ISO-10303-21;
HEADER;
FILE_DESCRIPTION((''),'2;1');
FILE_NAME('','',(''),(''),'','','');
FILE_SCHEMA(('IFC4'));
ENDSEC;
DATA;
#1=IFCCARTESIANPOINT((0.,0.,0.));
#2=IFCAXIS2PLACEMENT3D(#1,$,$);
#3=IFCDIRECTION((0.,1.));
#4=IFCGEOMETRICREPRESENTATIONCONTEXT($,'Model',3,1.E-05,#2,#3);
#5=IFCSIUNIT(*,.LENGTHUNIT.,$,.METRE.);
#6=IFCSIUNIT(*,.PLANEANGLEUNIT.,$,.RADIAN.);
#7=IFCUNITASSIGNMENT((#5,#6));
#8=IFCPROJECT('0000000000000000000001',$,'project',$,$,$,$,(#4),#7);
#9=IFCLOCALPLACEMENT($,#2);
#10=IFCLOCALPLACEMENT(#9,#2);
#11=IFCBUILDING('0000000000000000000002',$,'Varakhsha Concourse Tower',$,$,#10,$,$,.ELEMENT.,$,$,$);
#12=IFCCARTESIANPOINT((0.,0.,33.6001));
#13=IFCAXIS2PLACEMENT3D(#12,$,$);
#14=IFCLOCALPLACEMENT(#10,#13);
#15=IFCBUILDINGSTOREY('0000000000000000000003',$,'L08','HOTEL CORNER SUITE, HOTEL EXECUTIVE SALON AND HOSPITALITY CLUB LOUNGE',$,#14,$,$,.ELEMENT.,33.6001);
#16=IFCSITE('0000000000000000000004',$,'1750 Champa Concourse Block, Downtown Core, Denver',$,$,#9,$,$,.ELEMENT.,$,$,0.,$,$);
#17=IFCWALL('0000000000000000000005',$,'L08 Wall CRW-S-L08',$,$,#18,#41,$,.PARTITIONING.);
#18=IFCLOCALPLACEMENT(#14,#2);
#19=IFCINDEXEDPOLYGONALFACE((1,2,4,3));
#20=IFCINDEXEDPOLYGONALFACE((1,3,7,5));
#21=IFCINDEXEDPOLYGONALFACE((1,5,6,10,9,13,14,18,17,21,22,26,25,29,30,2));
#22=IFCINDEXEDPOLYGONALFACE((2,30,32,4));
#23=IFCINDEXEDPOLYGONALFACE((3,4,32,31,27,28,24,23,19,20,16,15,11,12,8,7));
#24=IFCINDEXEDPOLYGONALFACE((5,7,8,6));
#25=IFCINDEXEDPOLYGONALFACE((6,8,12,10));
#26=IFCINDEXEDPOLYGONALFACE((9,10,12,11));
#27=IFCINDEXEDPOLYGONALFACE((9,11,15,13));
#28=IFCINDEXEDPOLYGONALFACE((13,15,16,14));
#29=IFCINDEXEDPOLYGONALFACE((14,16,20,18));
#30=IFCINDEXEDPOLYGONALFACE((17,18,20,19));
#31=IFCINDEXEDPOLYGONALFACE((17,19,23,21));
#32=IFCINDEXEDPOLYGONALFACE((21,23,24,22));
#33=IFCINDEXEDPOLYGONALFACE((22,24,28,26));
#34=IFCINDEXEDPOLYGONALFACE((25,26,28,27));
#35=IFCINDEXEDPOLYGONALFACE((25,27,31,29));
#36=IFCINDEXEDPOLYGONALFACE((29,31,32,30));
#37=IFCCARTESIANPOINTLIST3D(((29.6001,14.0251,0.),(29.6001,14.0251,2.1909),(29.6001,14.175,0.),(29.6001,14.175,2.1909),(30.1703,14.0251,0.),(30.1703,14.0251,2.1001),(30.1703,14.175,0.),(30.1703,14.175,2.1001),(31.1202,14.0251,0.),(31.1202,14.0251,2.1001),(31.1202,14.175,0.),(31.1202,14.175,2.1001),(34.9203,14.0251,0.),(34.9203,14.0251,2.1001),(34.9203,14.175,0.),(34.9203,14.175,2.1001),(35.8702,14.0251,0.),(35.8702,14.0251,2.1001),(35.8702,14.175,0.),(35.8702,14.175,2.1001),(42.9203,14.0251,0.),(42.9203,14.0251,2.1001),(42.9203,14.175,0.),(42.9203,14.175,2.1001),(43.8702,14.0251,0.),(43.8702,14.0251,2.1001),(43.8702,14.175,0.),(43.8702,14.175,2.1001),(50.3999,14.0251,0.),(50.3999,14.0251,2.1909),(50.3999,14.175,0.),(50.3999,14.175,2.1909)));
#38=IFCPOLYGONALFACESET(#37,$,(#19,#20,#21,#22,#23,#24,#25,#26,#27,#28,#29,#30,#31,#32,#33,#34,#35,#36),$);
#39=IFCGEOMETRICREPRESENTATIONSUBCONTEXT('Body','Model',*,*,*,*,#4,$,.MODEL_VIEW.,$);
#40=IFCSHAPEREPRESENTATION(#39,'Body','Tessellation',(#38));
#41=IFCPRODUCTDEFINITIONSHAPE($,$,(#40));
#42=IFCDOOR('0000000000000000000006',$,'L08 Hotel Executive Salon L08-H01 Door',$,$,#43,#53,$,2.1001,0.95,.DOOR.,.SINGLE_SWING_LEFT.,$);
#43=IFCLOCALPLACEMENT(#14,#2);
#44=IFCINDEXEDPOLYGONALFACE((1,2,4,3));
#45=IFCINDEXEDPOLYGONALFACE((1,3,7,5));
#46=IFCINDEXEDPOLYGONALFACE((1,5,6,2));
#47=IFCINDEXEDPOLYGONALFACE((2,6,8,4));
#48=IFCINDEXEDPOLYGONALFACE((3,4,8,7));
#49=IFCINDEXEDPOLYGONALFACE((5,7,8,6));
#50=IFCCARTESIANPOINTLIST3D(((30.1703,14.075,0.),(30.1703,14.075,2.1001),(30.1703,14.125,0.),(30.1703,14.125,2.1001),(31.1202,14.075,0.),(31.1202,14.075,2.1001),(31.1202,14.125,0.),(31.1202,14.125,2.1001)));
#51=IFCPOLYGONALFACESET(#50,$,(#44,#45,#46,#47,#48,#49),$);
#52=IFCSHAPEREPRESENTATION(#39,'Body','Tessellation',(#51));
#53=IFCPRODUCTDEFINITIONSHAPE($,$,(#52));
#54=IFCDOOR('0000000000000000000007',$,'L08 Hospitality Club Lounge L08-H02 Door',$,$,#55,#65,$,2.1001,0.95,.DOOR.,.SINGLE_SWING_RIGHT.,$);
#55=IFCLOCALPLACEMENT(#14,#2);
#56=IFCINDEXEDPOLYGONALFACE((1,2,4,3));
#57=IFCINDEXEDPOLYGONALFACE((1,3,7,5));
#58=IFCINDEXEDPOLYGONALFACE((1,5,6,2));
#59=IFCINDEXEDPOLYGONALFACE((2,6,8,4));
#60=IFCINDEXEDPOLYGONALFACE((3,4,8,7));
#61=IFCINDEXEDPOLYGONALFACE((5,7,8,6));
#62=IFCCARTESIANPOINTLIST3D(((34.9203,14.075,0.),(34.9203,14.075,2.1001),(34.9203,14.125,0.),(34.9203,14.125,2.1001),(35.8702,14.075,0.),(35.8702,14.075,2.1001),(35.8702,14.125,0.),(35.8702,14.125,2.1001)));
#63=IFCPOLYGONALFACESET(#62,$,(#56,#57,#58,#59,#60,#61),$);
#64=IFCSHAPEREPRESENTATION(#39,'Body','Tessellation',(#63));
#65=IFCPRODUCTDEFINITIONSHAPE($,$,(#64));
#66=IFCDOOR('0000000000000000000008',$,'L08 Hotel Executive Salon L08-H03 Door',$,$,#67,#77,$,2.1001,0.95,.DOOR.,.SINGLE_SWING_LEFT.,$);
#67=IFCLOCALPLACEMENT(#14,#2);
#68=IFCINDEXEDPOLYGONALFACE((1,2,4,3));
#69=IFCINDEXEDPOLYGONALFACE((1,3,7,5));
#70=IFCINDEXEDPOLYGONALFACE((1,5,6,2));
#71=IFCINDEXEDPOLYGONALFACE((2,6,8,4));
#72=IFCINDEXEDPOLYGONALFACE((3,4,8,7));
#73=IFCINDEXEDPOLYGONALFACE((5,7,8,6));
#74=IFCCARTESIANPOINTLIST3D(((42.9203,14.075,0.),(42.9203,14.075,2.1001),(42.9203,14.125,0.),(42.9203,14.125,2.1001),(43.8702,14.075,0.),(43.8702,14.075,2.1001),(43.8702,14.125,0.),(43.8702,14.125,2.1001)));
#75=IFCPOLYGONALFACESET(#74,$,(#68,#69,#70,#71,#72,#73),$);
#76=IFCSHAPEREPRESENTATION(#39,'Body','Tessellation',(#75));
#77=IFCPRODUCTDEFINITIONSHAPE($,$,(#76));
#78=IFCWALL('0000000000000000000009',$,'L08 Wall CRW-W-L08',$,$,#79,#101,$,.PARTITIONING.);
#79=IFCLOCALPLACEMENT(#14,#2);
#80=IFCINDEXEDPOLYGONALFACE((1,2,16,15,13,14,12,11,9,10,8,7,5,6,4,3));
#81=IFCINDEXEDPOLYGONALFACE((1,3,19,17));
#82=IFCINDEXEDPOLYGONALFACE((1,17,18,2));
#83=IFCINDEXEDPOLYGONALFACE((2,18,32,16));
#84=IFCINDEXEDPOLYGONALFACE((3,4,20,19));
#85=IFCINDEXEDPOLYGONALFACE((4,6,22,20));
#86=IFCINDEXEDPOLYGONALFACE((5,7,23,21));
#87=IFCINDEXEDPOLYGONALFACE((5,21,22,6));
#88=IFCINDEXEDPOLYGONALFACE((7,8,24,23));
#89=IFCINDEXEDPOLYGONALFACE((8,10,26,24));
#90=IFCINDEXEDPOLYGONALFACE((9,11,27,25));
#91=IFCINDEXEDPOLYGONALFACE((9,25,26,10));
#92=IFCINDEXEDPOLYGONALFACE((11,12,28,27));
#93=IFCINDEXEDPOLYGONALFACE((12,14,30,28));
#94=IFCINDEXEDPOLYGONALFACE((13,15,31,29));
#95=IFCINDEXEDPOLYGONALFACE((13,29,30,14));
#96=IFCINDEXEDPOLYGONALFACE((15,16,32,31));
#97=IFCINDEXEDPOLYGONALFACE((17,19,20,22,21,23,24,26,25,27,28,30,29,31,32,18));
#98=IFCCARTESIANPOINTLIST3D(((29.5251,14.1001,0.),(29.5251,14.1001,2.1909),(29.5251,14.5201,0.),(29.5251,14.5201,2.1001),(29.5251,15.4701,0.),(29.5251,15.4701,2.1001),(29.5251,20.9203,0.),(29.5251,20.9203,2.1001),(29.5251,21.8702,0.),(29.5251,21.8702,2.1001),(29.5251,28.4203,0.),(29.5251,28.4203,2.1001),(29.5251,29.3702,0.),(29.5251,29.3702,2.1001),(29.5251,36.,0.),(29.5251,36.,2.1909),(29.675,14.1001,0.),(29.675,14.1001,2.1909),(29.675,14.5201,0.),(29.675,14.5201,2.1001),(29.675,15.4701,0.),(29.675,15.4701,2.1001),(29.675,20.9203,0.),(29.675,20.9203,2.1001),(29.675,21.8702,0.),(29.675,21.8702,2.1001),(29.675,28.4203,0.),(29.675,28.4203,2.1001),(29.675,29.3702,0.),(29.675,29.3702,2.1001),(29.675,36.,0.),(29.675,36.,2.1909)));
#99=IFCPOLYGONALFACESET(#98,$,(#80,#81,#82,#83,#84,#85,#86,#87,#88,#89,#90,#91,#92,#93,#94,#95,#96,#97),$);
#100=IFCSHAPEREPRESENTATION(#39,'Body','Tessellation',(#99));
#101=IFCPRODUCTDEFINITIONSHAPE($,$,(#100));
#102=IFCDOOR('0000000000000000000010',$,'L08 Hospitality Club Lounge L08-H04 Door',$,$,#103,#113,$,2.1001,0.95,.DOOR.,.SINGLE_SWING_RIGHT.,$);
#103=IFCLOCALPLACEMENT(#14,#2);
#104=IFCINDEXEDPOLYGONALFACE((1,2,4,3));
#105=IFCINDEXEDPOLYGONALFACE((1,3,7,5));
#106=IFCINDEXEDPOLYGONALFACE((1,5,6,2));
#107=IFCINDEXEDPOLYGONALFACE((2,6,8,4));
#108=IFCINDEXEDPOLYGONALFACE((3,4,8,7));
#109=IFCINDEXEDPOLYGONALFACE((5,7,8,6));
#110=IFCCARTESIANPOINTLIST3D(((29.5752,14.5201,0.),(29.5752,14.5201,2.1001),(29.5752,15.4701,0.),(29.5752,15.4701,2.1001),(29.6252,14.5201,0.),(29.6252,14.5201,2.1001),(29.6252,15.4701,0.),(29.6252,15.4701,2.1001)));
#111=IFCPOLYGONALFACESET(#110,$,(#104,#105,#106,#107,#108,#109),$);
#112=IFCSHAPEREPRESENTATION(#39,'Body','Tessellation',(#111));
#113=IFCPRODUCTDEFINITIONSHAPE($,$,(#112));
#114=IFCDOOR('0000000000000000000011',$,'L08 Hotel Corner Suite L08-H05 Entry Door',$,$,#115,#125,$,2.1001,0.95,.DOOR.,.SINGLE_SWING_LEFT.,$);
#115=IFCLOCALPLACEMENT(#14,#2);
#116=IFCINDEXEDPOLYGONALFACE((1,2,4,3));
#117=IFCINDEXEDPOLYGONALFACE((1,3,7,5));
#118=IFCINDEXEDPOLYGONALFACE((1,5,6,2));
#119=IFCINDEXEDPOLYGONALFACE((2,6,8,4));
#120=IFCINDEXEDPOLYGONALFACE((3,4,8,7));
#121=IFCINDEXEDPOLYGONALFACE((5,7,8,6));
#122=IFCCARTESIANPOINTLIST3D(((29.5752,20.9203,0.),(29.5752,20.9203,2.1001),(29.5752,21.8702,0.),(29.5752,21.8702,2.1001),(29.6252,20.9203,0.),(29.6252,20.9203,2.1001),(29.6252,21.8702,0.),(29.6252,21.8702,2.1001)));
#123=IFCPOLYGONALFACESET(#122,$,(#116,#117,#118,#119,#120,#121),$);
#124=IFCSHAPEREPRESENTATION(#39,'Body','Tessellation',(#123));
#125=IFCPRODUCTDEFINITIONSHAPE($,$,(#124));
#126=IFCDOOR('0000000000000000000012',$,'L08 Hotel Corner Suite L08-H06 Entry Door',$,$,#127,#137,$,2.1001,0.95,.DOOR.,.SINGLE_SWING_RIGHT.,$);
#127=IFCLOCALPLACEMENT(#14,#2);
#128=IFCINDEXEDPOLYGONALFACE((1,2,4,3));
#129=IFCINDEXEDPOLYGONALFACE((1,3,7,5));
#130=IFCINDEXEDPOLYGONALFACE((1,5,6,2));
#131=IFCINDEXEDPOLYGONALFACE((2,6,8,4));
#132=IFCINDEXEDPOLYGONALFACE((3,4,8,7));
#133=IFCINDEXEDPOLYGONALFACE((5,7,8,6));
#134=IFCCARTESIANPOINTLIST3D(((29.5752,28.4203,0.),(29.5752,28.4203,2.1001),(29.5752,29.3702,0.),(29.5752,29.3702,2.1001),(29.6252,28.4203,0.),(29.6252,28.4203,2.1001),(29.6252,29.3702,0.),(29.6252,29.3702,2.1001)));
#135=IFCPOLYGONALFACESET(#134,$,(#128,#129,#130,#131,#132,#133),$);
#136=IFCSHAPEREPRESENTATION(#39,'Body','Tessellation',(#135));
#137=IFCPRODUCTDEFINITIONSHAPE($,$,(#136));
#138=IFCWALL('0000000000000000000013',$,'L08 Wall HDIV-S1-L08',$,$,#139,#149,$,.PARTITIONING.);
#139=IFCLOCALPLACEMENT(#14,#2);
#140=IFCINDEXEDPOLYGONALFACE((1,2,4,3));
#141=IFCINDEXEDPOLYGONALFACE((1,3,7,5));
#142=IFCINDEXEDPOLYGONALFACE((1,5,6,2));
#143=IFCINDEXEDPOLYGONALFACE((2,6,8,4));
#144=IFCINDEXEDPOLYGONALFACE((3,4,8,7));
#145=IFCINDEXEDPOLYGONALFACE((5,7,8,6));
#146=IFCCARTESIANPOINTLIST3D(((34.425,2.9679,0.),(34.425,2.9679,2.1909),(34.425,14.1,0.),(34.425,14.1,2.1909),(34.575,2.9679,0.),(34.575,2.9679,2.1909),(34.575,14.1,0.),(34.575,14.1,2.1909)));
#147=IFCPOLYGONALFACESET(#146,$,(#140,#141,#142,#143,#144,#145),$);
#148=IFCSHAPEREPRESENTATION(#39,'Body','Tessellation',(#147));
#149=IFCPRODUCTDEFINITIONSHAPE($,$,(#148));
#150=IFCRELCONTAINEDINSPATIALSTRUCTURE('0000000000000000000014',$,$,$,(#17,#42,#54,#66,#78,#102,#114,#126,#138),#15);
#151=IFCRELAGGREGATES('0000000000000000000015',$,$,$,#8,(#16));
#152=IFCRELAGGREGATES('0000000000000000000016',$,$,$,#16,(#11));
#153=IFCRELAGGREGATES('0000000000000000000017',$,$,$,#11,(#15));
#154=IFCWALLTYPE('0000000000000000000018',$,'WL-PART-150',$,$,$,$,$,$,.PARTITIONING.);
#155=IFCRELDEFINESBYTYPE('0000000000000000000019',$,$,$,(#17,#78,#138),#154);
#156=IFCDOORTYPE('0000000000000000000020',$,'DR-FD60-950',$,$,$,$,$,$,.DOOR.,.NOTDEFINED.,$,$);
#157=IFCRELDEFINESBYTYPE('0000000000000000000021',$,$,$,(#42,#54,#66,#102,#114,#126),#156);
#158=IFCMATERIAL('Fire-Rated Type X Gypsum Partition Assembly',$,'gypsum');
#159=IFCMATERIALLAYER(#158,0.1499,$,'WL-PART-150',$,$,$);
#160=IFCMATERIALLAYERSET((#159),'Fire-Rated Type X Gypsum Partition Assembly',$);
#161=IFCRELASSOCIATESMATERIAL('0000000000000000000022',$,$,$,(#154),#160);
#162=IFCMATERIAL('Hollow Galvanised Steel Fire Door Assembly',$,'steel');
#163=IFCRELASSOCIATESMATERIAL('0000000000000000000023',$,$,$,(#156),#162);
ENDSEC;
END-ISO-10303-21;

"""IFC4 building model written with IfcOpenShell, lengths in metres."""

from ifc_helpers import new_model, si_unit, direction, frame, frame_2d, origin, place, context, subcontext, project, spatial, rectangle, extrude, material, layer, layer_set, type_object, element, fill, save


model = new_model("IFC4")

# Units and contexts
model_context = context("Model", 3, precision=1e-05, world=origin(), true_north=direction((0.0, 1.0)))
body_context = subcontext(model_context, "Body", "Model", "MODEL_VIEW")
ifc_project = project(units=[si_unit("LENGTHUNIT", "METRE"), si_unit("PLANEANGLEUNIT", "RADIAN")], contexts=[model_context])

# Site, building, storey
site_placement = place(None, origin())
site = spatial("IfcSite", under=ifc_project, at=site_placement, Name="1750 Champa Concourse Block, Downtown Core, Denver", CompositionType="ELEMENT", RefElevation=0.0)
building_placement = place(site_placement, origin())
building = spatial("IfcBuilding", under=site, at=building_placement, Name="Varakhsha Concourse Tower", CompositionType="ELEMENT")
storey_placement = place(building_placement, frame((0.0, 0.0, 33.6001)))
storey = spatial("IfcBuildingStorey", under=building, at=storey_placement, Name="L08", Description="HOTEL CORNER SUITE, HOTEL EXECUTIVE SALON AND HOSPITALITY CLUB LOUNGE", CompositionType="ELEMENT", Elevation=33.6001)

# Walls, openings, doors
ifc_material_1 = material(Name="Fire-Rated Type X Gypsum Partition Assembly", Category="gypsum")
ifc_layer_1 = layer(ifc_material_1, 0.1499, Name="WL-PART-150")
ifc_layer_set_1 = layer_set([ifc_layer_1], Name="Fire-Rated Type X Gypsum Partition Assembly")
wall_type = type_object("IfcWallType", Name="WL-PART-150", PredefinedType="PARTITIONING", material=ifc_layer_set_1)
wall_1_placement = place(storey_placement, frame((29.6001, 14.1001, 0.0), z_axis=(0.0, 0.0, 1.0), x_axis=(1.0, 0.0, 0.0)))
wall_1 = element("IfcWall", 1, at=wall_1_placement, inside=storey, type_object=wall_type, Name="L08 Wall CRW-S-L08", PredefinedType="PARTITIONING", context=body_context, shape_type="SweptSolid", body=[
    extrude(rectangle(XDim=20.7998, YDim=0.1499, at=frame_2d((10.3999, 0.0))), origin(), (0.0, 0.0, 1.0), 2.1909),
])
opening_1_placement = place(wall_1_placement, frame((0.5701, 0.0, 0.0)))
opening_1 = element("IfcOpeningElement", 2, at=opening_1_placement, cuts=wall_1, PredefinedType="OPENING", context=body_context, shape_type="SweptSolid", body=[
    extrude(rectangle(XDim=0.95, YDim=2.1001, at=frame_2d((0.4751, 1.05))), frame((0.0, 0.085, 0.0), z_axis=(0.0, -1.0, 0.0), x_axis=(1.0, 0.0, 0.0)), (0.0, 0.0, 1.0), 0.1699),
])
opening_2_placement = place(wall_1_placement, frame((5.3201, 0.0, 0.0)))
opening_2 = element("IfcOpeningElement", 3, at=opening_2_placement, cuts=wall_1, PredefinedType="OPENING", context=body_context, shape_type="SweptSolid", body=[
    extrude(rectangle(XDim=0.95, YDim=2.1001, at=frame_2d((0.4751, 1.05))), frame((0.0, 0.085, 0.0), z_axis=(0.0, -1.0, 0.0), x_axis=(1.0, 0.0, 0.0)), (0.0, 0.0, 1.0), 0.1699),
])
opening_3_placement = place(wall_1_placement, frame((13.3201, 0.0, 0.0)))
opening_3 = element("IfcOpeningElement", 4, at=opening_3_placement, cuts=wall_1, PredefinedType="OPENING", context=body_context, shape_type="SweptSolid", body=[
    extrude(rectangle(XDim=0.95, YDim=2.1001, at=frame_2d((0.4751, 1.05))), frame((0.0, 0.085, 0.0), z_axis=(0.0, -1.0, 0.0), x_axis=(1.0, 0.0, 0.0)), (0.0, 0.0, 1.0), 0.1699),
])
ifc_material_2 = material(Name="Hollow Galvanised Steel Fire Door Assembly", Category="steel")
door_type = type_object("IfcDoorType", Name="DR-FD60-950", OperationType="NOTDEFINED", PredefinedType="DOOR", material=ifc_material_2)
door_1_placement = place(opening_1_placement, origin())
door_1 = element("IfcDoor", 5, at=door_1_placement, inside=storey, type_object=door_type, Name="L08 Hotel Executive Salon L08-H01 Door", OperationType="SINGLE_SWING_LEFT", OverallHeight=2.1001, OverallWidth=0.95, PredefinedType="DOOR", context=body_context, shape_type="SweptSolid", body=[
    extrude(rectangle(XDim=0.95, YDim=2.1001, at=frame_2d((0.4751, 1.05))), frame((0.0, 0.0249, 0.0), z_axis=(0.0, -1.0, 0.0), x_axis=(1.0, 0.0, 0.0)), (0.0, 0.0, 1.0), 0.05),
])
fill(opening_1, door_1)
door_2_placement = place(opening_2_placement, origin())
door_2 = element("IfcDoor", 6, at=door_2_placement, inside=storey, type_object=door_type, Name="L08 Hospitality Club Lounge L08-H02 Door", OperationType="SINGLE_SWING_RIGHT", OverallHeight=2.1001, OverallWidth=0.95, PredefinedType="DOOR", context=body_context, shape_type="SweptSolid", body=[
    extrude(rectangle(XDim=0.95, YDim=2.1001, at=frame_2d((0.4751, 1.05))), frame((0.0, 0.0249, 0.0), z_axis=(0.0, -1.0, 0.0), x_axis=(1.0, 0.0, 0.0)), (0.0, 0.0, 1.0), 0.05),
])
fill(opening_2, door_2)
door_3_placement = place(opening_3_placement, origin())
door_3 = element("IfcDoor", 7, at=door_3_placement, inside=storey, type_object=door_type, Name="L08 Hotel Executive Salon L08-H03 Door", OperationType="SINGLE_SWING_LEFT", OverallHeight=2.1001, OverallWidth=0.95, PredefinedType="DOOR", context=body_context, shape_type="SweptSolid", body=[
    extrude(rectangle(XDim=0.95, YDim=2.1001, at=frame_2d((0.4751, 1.05))), frame((0.0, 0.0249, 0.0), z_axis=(0.0, -1.0, 0.0), x_axis=(1.0, 0.0, 0.0)), (0.0, 0.0, 1.0), 0.05),
])
fill(opening_3, door_3)
wall_2_placement = place(storey_placement, frame((29.6001, 14.1001, 0.0), z_axis=(0.0, 0.0, 1.0), x_axis=(0.0, 1.0, 0.0)))
wall_2 = element("IfcWall", 8, at=wall_2_placement, inside=storey, type_object=wall_type, Name="L08 Wall CRW-W-L08", PredefinedType="PARTITIONING", context=body_context, shape_type="SweptSolid", body=[
    extrude(rectangle(XDim=21.8999, YDim=0.1499, at=frame_2d((10.95, 0.0))), origin(), (0.0, 0.0, 1.0), 2.1909),
])
opening_4_placement = place(wall_2_placement, frame((0.4199, 0.0, 0.0)))
opening_4 = element("IfcOpeningElement", 9, at=opening_4_placement, cuts=wall_2, PredefinedType="OPENING", context=body_context, shape_type="SweptSolid", body=[
    extrude(rectangle(XDim=0.95, YDim=2.1001, at=frame_2d((0.4751, 1.05))), frame((0.0, 0.085, 0.0), z_axis=(0.0, -1.0, 0.0), x_axis=(1.0, 0.0, 0.0)), (0.0, 0.0, 1.0), 0.1699),
])
opening_5_placement = place(wall_2_placement, frame((6.8201, 0.0, 0.0)))
opening_5 = element("IfcOpeningElement", 10, at=opening_5_placement, cuts=wall_2, PredefinedType="OPENING", context=body_context, shape_type="SweptSolid", body=[
    extrude(rectangle(XDim=0.95, YDim=2.1001, at=frame_2d((0.4751, 1.05))), frame((0.0, 0.085, 0.0), z_axis=(0.0, -1.0, 0.0), x_axis=(1.0, 0.0, 0.0)), (0.0, 0.0, 1.0), 0.1699),
])
opening_6_placement = place(wall_2_placement, frame((14.3201, 0.0, 0.0)))
opening_6 = element("IfcOpeningElement", 11, at=opening_6_placement, cuts=wall_2, PredefinedType="OPENING", context=body_context, shape_type="SweptSolid", body=[
    extrude(rectangle(XDim=0.95, YDim=2.1001, at=frame_2d((0.4751, 1.05))), frame((0.0, 0.085, 0.0), z_axis=(0.0, -1.0, 0.0), x_axis=(1.0, 0.0, 0.0)), (0.0, 0.0, 1.0), 0.1699),
])
door_4_placement = place(opening_4_placement, origin())
door_4 = element("IfcDoor", 12, at=door_4_placement, inside=storey, type_object=door_type, Name="L08 Hospitality Club Lounge L08-H04 Door", OperationType="SINGLE_SWING_RIGHT", OverallHeight=2.1001, OverallWidth=0.95, PredefinedType="DOOR", context=body_context, shape_type="SweptSolid", body=[
    extrude(rectangle(XDim=0.95, YDim=2.1001, at=frame_2d((0.4751, 1.05))), frame((0.0, 0.0249, 0.0), z_axis=(0.0, -1.0, 0.0), x_axis=(1.0, 0.0, 0.0)), (0.0, 0.0, 1.0), 0.05),
])
fill(opening_4, door_4)
door_5_placement = place(opening_5_placement, origin())
door_5 = element("IfcDoor", 13, at=door_5_placement, inside=storey, type_object=door_type, Name="L08 Hotel Corner Suite L08-H05 Entry Door", OperationType="SINGLE_SWING_LEFT", OverallHeight=2.1001, OverallWidth=0.95, PredefinedType="DOOR", context=body_context, shape_type="SweptSolid", body=[
    extrude(rectangle(XDim=0.95, YDim=2.1001, at=frame_2d((0.4751, 1.05))), frame((0.0, 0.0249, 0.0), z_axis=(0.0, -1.0, 0.0), x_axis=(1.0, 0.0, 0.0)), (0.0, 0.0, 1.0), 0.05),
])
fill(opening_5, door_5)
door_6_placement = place(opening_6_placement, origin())
door_6 = element("IfcDoor", 14, at=door_6_placement, inside=storey, type_object=door_type, Name="L08 Hotel Corner Suite L08-H06 Entry Door", OperationType="SINGLE_SWING_RIGHT", OverallHeight=2.1001, OverallWidth=0.95, PredefinedType="DOOR", context=body_context, shape_type="SweptSolid", body=[
    extrude(rectangle(XDim=0.95, YDim=2.1001, at=frame_2d((0.4751, 1.05))), frame((0.0, 0.0249, 0.0), z_axis=(0.0, -1.0, 0.0), x_axis=(1.0, 0.0, 0.0)), (0.0, 0.0, 1.0), 0.05),
])
fill(opening_6, door_6)

# Wall
wall_3_placement = place(storey_placement, frame((34.5, 2.968, 0.0), z_axis=(0.0, 0.0, 1.0), x_axis=(0.0, 1.0, 0.0)))
element("IfcWall", 15, at=wall_3_placement, inside=storey, type_object=wall_type, Name="L08 Wall HDIV-S1-L08", PredefinedType="PARTITIONING", context=body_context, shape_type="SweptSolid", body=[
    extrude(rectangle(XDim=11.1321, YDim=0.1499, at=frame_2d((5.5659, 0.0))), origin(), (0.0, 0.0, 1.0), 2.1909),
])

save(model, "model.ifc")
